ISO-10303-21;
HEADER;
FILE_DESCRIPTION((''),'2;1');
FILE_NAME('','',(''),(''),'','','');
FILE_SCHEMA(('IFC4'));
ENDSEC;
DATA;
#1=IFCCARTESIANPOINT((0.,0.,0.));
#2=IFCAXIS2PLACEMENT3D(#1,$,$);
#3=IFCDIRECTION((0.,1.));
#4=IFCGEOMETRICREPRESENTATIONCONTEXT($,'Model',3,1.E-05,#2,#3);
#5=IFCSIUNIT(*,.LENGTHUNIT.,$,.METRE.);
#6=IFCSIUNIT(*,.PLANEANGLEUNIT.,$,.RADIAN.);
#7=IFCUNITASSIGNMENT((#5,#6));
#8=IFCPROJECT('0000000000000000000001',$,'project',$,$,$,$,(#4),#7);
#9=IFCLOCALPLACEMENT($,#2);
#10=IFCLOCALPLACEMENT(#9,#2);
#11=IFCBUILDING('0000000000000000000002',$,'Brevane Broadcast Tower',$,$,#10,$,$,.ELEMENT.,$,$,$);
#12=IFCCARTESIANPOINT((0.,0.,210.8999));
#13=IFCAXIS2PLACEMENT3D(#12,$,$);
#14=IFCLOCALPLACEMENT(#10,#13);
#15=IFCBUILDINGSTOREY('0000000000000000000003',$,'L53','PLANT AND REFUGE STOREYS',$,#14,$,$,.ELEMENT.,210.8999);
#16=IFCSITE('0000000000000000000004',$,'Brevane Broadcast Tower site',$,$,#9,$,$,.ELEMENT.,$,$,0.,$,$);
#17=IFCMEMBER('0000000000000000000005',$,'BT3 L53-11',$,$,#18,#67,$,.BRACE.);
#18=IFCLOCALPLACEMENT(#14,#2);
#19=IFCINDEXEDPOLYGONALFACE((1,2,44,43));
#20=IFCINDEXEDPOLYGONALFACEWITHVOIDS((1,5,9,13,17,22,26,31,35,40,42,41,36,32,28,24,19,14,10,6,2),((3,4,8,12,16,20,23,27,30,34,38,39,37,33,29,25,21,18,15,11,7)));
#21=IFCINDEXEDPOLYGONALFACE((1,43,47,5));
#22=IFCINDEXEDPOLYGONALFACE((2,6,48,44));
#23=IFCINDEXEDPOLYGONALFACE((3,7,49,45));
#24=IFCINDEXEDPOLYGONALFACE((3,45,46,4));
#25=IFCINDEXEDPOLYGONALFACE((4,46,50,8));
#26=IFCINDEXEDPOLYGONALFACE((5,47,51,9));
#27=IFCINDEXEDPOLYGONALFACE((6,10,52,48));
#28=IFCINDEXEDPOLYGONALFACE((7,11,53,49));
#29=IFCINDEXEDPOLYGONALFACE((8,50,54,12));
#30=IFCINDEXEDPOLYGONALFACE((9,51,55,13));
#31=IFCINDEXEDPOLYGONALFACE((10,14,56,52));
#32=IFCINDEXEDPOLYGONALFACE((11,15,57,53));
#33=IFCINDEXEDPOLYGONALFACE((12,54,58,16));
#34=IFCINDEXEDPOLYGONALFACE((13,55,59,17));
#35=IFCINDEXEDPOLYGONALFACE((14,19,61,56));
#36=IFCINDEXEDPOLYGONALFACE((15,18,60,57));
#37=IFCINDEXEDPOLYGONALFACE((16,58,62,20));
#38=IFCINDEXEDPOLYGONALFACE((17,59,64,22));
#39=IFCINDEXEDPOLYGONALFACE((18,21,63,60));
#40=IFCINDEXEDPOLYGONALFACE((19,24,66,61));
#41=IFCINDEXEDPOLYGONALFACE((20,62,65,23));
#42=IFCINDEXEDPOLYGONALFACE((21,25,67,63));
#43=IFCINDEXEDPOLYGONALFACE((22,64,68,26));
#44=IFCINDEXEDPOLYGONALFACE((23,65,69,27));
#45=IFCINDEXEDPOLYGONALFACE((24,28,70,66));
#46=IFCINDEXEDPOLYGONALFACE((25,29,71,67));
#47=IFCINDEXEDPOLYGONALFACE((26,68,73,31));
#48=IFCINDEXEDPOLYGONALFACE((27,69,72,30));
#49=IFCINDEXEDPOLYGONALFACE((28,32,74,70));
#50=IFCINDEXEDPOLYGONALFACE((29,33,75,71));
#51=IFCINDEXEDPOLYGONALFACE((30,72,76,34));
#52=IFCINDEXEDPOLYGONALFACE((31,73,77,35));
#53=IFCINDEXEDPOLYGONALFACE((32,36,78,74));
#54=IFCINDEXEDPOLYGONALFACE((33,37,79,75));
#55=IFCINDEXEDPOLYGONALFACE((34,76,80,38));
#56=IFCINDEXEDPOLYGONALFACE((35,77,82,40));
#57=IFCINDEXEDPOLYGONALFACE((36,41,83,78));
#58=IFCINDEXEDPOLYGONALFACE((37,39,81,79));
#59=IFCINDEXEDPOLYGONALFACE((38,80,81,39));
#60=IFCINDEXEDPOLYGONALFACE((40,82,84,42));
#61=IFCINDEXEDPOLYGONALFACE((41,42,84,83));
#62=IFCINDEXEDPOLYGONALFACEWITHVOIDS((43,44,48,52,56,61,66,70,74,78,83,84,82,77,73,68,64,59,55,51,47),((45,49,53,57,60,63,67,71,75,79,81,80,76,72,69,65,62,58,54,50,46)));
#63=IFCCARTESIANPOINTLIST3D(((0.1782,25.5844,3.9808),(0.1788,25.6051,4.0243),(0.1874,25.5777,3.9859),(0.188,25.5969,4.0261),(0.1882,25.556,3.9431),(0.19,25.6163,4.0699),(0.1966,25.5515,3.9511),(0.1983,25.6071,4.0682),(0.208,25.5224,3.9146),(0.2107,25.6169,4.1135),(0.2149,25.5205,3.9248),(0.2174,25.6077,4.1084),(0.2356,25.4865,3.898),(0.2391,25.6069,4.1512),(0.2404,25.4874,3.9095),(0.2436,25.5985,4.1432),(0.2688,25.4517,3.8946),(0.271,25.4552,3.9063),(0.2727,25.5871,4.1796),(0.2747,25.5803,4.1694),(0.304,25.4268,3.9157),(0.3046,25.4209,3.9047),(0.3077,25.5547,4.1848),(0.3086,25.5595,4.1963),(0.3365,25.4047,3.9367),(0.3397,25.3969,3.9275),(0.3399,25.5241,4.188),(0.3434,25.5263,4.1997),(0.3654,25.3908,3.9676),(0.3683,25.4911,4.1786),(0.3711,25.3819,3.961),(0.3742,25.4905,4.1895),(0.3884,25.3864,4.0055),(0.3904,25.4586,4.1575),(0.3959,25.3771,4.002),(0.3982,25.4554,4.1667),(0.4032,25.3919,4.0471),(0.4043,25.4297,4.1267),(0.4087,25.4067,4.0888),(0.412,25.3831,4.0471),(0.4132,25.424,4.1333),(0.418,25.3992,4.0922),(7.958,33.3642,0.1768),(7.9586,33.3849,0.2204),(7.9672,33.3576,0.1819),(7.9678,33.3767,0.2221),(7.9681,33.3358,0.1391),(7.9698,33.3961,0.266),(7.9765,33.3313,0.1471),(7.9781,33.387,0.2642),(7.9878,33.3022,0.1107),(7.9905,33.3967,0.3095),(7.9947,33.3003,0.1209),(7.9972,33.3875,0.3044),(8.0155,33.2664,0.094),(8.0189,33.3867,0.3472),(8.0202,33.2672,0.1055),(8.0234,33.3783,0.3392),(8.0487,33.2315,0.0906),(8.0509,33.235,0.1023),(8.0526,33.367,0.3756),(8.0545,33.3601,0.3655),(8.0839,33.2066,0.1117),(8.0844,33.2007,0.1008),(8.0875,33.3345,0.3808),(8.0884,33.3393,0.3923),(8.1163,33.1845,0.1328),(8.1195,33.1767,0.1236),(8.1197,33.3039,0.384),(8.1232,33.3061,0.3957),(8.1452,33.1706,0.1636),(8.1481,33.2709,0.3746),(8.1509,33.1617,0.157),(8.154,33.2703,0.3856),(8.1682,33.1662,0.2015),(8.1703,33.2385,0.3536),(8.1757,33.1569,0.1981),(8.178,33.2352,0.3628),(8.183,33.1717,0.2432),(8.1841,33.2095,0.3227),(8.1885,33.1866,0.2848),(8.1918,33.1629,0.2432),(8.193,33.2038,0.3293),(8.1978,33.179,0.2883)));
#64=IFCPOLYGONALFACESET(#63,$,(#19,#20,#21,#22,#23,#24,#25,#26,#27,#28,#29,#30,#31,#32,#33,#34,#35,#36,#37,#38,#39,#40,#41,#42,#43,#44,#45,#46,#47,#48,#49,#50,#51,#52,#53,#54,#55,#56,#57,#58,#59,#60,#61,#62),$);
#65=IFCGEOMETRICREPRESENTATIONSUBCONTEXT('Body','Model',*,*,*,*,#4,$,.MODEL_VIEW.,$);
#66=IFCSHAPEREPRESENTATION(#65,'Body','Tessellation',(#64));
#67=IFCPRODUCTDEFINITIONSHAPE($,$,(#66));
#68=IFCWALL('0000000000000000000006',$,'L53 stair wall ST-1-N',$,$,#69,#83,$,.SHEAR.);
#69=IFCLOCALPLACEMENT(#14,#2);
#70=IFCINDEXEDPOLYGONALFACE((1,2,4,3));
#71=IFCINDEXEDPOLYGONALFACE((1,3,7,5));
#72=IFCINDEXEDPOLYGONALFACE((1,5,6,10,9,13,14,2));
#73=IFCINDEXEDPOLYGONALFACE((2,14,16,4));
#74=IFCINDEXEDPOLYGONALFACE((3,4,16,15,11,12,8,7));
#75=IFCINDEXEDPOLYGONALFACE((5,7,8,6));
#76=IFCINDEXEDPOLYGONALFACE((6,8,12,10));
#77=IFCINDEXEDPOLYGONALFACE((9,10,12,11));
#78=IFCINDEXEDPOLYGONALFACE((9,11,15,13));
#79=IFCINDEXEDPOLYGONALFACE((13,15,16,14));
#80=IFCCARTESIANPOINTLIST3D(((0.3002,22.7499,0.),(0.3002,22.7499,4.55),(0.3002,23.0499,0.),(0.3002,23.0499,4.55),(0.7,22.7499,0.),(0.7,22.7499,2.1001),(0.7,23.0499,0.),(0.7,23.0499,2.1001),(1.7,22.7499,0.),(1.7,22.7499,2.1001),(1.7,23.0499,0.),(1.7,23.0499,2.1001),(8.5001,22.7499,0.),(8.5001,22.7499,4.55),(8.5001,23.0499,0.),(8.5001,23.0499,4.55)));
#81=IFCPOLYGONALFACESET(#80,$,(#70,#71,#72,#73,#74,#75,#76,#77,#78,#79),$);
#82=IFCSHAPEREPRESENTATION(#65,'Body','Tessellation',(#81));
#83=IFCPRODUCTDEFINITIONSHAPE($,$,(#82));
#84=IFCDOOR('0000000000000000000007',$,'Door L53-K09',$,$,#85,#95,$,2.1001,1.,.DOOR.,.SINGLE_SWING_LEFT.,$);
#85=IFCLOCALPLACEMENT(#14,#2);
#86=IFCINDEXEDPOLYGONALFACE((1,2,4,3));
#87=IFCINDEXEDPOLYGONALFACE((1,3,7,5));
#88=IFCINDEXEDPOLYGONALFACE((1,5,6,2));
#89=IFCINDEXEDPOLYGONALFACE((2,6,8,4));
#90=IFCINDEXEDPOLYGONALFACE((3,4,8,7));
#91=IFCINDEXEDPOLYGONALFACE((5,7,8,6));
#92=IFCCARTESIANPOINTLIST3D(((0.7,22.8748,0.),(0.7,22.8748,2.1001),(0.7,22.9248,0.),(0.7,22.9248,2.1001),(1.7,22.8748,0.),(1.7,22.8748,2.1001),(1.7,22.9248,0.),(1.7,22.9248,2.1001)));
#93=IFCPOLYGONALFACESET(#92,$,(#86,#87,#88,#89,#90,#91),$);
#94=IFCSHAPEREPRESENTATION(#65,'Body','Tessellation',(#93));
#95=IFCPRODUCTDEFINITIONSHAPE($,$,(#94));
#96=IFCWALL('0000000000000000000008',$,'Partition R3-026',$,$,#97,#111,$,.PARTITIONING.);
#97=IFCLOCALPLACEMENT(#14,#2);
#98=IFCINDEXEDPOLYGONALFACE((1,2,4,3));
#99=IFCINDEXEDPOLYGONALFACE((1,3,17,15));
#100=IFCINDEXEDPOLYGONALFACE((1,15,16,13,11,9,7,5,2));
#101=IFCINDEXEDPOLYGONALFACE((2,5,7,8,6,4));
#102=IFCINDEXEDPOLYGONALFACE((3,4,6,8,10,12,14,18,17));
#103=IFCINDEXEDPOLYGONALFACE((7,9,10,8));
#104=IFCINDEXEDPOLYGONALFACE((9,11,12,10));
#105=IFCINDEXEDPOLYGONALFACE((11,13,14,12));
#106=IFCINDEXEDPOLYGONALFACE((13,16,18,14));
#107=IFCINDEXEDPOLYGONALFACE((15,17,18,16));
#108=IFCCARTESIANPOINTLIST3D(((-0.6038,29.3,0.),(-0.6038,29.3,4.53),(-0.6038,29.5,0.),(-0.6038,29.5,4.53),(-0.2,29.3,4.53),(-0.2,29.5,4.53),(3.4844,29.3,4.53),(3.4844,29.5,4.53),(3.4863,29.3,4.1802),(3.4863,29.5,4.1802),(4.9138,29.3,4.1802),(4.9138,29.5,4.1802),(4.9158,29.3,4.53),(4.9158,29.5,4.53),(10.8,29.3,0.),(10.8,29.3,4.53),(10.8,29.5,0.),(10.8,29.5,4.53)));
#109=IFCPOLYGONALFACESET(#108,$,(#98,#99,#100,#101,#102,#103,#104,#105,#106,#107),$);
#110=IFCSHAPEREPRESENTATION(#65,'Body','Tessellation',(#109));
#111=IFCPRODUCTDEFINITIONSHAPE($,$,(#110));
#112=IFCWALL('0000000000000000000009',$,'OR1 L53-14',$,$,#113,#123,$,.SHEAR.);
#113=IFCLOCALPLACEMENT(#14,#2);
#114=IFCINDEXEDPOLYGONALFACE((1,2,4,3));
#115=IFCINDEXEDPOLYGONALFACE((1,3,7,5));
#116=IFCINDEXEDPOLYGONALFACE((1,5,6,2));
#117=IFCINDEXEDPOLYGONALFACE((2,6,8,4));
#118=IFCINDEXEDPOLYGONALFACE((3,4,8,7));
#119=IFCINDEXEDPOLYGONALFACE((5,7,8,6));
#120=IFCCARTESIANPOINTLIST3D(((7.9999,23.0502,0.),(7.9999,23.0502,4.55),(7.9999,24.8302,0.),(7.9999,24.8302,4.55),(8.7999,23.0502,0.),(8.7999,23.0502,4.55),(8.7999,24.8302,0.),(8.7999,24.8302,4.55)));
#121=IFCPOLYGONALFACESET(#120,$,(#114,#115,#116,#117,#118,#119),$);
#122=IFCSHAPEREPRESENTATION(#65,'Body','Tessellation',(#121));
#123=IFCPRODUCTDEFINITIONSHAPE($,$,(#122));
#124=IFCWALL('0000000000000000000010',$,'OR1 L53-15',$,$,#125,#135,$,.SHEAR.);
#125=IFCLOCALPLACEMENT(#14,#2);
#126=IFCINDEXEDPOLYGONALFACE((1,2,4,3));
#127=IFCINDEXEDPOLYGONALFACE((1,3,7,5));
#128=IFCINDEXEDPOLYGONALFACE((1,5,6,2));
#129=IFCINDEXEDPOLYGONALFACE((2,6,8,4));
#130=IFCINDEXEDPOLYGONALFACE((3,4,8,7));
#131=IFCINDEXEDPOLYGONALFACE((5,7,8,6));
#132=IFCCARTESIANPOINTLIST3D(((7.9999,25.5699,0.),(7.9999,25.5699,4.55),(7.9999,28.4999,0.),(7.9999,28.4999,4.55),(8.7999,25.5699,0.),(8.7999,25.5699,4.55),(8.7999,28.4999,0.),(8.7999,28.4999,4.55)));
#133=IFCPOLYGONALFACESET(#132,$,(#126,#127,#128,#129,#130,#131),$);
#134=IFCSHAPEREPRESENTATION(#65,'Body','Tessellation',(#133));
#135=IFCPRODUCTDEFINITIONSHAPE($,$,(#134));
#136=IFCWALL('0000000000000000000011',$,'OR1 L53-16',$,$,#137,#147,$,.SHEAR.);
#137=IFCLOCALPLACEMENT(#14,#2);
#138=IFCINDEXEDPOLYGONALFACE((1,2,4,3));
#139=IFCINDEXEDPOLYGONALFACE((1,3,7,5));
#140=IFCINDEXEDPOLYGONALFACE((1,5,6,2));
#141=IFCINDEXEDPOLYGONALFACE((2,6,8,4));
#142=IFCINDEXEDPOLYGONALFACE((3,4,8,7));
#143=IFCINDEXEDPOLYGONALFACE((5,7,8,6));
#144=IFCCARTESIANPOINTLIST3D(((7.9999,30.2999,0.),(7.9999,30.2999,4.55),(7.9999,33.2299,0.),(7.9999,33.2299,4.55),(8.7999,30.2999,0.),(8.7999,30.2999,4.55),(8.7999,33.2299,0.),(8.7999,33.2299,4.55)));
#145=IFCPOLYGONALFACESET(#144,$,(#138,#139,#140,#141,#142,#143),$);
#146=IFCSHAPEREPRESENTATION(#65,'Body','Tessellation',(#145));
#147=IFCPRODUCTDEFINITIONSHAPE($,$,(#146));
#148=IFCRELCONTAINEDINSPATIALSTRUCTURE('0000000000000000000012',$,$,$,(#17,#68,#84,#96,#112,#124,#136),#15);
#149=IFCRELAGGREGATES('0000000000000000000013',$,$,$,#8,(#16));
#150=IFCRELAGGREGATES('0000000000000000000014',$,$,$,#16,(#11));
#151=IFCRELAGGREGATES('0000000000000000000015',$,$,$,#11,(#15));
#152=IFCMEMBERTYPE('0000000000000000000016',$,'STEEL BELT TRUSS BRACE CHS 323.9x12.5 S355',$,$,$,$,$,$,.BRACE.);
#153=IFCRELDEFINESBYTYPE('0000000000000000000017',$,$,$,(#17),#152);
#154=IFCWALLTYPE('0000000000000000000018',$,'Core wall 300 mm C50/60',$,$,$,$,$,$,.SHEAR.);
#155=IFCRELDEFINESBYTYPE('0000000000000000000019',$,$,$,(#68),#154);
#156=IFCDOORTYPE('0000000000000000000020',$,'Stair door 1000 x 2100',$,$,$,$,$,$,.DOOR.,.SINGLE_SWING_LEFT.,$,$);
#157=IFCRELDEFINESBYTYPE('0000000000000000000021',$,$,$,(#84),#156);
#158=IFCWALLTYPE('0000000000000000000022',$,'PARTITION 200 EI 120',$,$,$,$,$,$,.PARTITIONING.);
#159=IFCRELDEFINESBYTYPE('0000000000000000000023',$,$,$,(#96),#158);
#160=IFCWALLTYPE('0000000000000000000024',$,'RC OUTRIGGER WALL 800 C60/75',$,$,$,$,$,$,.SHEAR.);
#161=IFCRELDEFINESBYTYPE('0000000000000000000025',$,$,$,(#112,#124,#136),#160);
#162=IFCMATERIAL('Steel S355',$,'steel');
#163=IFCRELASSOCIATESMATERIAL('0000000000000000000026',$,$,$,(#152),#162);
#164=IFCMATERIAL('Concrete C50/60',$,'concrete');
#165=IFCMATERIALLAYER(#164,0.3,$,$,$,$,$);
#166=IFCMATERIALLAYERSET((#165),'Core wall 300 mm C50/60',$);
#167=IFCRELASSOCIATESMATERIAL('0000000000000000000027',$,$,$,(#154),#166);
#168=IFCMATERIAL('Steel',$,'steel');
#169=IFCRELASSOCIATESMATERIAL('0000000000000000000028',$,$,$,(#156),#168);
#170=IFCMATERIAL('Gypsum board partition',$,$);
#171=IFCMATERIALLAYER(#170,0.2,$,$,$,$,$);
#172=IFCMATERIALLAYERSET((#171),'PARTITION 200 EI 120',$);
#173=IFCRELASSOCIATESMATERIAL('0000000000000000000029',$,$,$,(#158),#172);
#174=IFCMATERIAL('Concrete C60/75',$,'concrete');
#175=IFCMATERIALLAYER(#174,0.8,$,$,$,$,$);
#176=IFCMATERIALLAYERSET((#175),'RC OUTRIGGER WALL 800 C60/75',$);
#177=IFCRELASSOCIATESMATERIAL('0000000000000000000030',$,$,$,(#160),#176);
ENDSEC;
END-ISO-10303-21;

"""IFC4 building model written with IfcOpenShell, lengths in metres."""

from ifc_helpers import new_model, si_unit, direction, frame, frame_2d, origin, origin_2d, place, context, subcontext, project, spatial, polyline, rectangle, hollow_circle, outline, extrude, material, layer, layer_set, material_profile, profile_set, type_object, element, fill, save


model = new_model("IFC4")

# Units and contexts
model_context = context("Model", 3, precision=1e-05, world=origin(), true_north=direction((0.0, 1.0)))
body_context = subcontext(model_context, "Body", "Model", "MODEL_VIEW")
ifc_project = project(units=[si_unit("LENGTHUNIT", "METRE"), si_unit("PLANEANGLEUNIT", "RADIAN")], contexts=[model_context])

# Site, building, storey
site_placement = place(None, origin())
site = spatial("IfcSite", under=ifc_project, at=site_placement, Name="Brevane Broadcast Tower site", CompositionType="ELEMENT", RefElevation=0.0)
building_placement = place(site_placement, origin())
building = spatial("IfcBuilding", under=site, at=building_placement, Name="Brevane Broadcast Tower", CompositionType="ELEMENT")
storey_placement = place(building_placement, frame((0.0, 0.0, 210.8999)))
storey = spatial("IfcBuildingStorey", under=building, at=storey_placement, Name="L53", Description="PLANT AND REFUGE STOREYS", CompositionType="ELEMENT", Elevation=210.8999)

# Shared definitions
ifc_material_1 = material(Name="Concrete C50/60", Category="concrete")

# Member
ifc_material_2 = material(Name="Steel S355", Category="steel")
ifc_material_profile_1 = material_profile(ifc_material_2, hollow_circle(Radius=0.1619, WallThickness=0.0125, at=origin_2d()), Name="CHS 323.9x12.5")
ifc_profile_set_1 = profile_set([ifc_material_profile_1], Name="Steel S355")
member_type_1 = type_object("IfcMemberType", Name="STEEL BELT TRUSS BRACE CHS 323.9x12.5 S355", PredefinedType="BRACE", material=ifc_profile_set_1)
member_1_placement = place(storey_placement, frame((8.0774, 33.2773, 0.2432), z_axis=(-0.668291, -0.668291, 0.326763), x_axis=(0.707107, -0.707107, 0.0)))
element("IfcMember", 1, at=member_1_placement, inside=storey, type_object=member_type_1, Name="BT3 L53-11", PredefinedType="BRACE", context=body_context, shape_type="SweptSolid", body=[
    extrude(hollow_circle(Radius=0.1619, WallThickness=0.0125, at=origin_2d()), origin(), (0.0, 0.0, 1.0), 11.6414),
])

# Wall, opening, door
ifc_layer_1 = layer(ifc_material_1, 0.3)
ifc_layer_set_1 = layer_set([ifc_layer_1], Name="Core wall 300 mm C50/60")
wall_type_1 = type_object("IfcWallType", Name="Core wall 300 mm C50/60", PredefinedType="SHEAR", material=ifc_layer_set_1)
wall_1_placement = place(storey_placement, frame((0.3, 22.8999, 0.0), z_axis=(0.0, 0.0, 1.0), x_axis=(1.0, 0.0, 0.0)))
wall_1 = element("IfcWall", 2, at=wall_1_placement, inside=storey, type_object=wall_type_1, Name="L53 stair wall ST-1-N", PredefinedType="SHEAR", context=body_context, shape_type="SweptSolid", body=[
    extrude(rectangle(XDim=8.2, YDim=0.3, at=frame_2d((4.1001, 0.0))), origin(), (0.0, 0.0, 1.0), 4.55),
])
opening_placement = place(wall_1_placement, frame((0.3999, 0.0, 0.0)))
opening = element("IfcOpeningElement", 3, at=opening_placement, cuts=wall_1, PredefinedType="OPENING", context=body_context, shape_type="SweptSolid", body=[
    extrude(rectangle(XDim=1.0, YDim=2.1001, at=frame_2d((0.5, 1.05))), frame((0.0, 0.1599, 0.0), z_axis=(0.0, -1.0, 0.0), x_axis=(1.0, 0.0, 0.0)), (0.0, 0.0, 1.0), 0.3201),
])
ifc_material_3 = material(Name="Steel", Category="steel")
door_type = type_object("IfcDoorType", Name="Stair door 1000 x 2100", OperationType="SINGLE_SWING_LEFT", PredefinedType="DOOR", material=ifc_material_3)
door_placement = place(opening_placement, origin())
door = element("IfcDoor", 4, at=door_placement, inside=storey, type_object=door_type, Name="Door L53-K09", OperationType="SINGLE_SWING_LEFT", OverallHeight=2.1001, OverallWidth=1.0, PredefinedType="DOOR", context=body_context, shape_type="SweptSolid", body=[
    extrude(rectangle(XDim=1.0, YDim=2.1001, at=frame_2d((0.5, 1.05))), frame((0.0, 0.0249, 0.0), z_axis=(0.0, -1.0, 0.0), x_axis=(1.0, 0.0, 0.0)), (0.0, 0.0, 1.0), 0.05),
])
fill(opening, door)

# Walls
ifc_material_4 = material(Name="Gypsum board partition")
ifc_layer_2 = layer(ifc_material_4, 0.2)
ifc_layer_set_2 = layer_set([ifc_layer_2], Name="PARTITION 200 EI 120")
wall_type_2 = type_object("IfcWallType", Name="PARTITION 200 EI 120", PredefinedType="PARTITIONING", material=ifc_layer_set_2)
wall_2_placement = place(storey_placement, frame((-0.6038, 29.3999, 0.0), z_axis=(0.0, 0.0, 1.0), x_axis=(1.0, 0.0, 0.0)))
element("IfcWall", 5, at=wall_2_placement, inside=storey, type_object=wall_type_2, Name="Partition R3-026", PredefinedType="PARTITIONING", context=body_context, shape_type="SweptSolid", body=[
    extrude(outline(polyline([(0.0, 0.0), (11.4038, 0.0), (11.4038, 4.53), (5.5195, 4.53), (5.5176, 4.1802), (4.0901, 4.1802), (4.0881, 4.53), (0.4038, 4.53), (0.0, 4.53), (0.0, 0.0)])), frame((0.0, 0.1001, 0.0), z_axis=(0.0, -1.0, 0.0), x_axis=(1.0, 0.0, 0.0)), (0.0, 0.0, 1.0), 0.2),
])
ifc_material_5 = material(Name="Concrete C60/75", Category="concrete")
ifc_layer_3 = layer(ifc_material_5, 0.8)
ifc_layer_set_3 = layer_set([ifc_layer_3], Name="RC OUTRIGGER WALL 800 C60/75")
wall_type_3 = type_object("IfcWallType", Name="RC OUTRIGGER WALL 800 C60/75", PredefinedType="SHEAR", material=ifc_layer_set_3)
wall_3_placement = place(storey_placement, frame((8.3999, 23.05, 0.0), z_axis=(0.0, 0.0, 1.0), x_axis=(0.0, 1.0, 0.0)))
element("IfcWall", 6, at=wall_3_placement, inside=storey, type_object=wall_type_3, Name="OR1 L53-14", PredefinedType="SHEAR", context=body_context, shape_type="SweptSolid", body=[
    extrude(rectangle(XDim=1.78, YDim=0.8, at=frame_2d((0.8901, 0.0))), origin(), (0.0, 0.0, 1.0), 4.55),
])
for number, where, z_axis, x_axis, name in (
    (7, (8.3999, 25.5701, 0.0), (0.0, 0.0, 1.0), (0.0, 1.0, 0.0), "OR1 L53-15"),
    (8, (8.3999, 30.3, 0.0), (0.0, 0.0, 1.0), (0.0, 1.0, 0.0), "OR1 L53-16"),
):
    element("IfcWall", number, at=place(storey_placement, frame(where, z_axis=z_axis, x_axis=x_axis)), inside=storey, type_object=wall_type_3, Name=name, PredefinedType="SHEAR", context=body_context, shape_type="SweptSolid", body=[
        extrude(rectangle(XDim=2.9299, YDim=0.8, at=frame_2d((1.4648, 0.0))), origin(), (0.0, 0.0, 1.0), 4.55),
    ])

save(model, "model.ifc")
